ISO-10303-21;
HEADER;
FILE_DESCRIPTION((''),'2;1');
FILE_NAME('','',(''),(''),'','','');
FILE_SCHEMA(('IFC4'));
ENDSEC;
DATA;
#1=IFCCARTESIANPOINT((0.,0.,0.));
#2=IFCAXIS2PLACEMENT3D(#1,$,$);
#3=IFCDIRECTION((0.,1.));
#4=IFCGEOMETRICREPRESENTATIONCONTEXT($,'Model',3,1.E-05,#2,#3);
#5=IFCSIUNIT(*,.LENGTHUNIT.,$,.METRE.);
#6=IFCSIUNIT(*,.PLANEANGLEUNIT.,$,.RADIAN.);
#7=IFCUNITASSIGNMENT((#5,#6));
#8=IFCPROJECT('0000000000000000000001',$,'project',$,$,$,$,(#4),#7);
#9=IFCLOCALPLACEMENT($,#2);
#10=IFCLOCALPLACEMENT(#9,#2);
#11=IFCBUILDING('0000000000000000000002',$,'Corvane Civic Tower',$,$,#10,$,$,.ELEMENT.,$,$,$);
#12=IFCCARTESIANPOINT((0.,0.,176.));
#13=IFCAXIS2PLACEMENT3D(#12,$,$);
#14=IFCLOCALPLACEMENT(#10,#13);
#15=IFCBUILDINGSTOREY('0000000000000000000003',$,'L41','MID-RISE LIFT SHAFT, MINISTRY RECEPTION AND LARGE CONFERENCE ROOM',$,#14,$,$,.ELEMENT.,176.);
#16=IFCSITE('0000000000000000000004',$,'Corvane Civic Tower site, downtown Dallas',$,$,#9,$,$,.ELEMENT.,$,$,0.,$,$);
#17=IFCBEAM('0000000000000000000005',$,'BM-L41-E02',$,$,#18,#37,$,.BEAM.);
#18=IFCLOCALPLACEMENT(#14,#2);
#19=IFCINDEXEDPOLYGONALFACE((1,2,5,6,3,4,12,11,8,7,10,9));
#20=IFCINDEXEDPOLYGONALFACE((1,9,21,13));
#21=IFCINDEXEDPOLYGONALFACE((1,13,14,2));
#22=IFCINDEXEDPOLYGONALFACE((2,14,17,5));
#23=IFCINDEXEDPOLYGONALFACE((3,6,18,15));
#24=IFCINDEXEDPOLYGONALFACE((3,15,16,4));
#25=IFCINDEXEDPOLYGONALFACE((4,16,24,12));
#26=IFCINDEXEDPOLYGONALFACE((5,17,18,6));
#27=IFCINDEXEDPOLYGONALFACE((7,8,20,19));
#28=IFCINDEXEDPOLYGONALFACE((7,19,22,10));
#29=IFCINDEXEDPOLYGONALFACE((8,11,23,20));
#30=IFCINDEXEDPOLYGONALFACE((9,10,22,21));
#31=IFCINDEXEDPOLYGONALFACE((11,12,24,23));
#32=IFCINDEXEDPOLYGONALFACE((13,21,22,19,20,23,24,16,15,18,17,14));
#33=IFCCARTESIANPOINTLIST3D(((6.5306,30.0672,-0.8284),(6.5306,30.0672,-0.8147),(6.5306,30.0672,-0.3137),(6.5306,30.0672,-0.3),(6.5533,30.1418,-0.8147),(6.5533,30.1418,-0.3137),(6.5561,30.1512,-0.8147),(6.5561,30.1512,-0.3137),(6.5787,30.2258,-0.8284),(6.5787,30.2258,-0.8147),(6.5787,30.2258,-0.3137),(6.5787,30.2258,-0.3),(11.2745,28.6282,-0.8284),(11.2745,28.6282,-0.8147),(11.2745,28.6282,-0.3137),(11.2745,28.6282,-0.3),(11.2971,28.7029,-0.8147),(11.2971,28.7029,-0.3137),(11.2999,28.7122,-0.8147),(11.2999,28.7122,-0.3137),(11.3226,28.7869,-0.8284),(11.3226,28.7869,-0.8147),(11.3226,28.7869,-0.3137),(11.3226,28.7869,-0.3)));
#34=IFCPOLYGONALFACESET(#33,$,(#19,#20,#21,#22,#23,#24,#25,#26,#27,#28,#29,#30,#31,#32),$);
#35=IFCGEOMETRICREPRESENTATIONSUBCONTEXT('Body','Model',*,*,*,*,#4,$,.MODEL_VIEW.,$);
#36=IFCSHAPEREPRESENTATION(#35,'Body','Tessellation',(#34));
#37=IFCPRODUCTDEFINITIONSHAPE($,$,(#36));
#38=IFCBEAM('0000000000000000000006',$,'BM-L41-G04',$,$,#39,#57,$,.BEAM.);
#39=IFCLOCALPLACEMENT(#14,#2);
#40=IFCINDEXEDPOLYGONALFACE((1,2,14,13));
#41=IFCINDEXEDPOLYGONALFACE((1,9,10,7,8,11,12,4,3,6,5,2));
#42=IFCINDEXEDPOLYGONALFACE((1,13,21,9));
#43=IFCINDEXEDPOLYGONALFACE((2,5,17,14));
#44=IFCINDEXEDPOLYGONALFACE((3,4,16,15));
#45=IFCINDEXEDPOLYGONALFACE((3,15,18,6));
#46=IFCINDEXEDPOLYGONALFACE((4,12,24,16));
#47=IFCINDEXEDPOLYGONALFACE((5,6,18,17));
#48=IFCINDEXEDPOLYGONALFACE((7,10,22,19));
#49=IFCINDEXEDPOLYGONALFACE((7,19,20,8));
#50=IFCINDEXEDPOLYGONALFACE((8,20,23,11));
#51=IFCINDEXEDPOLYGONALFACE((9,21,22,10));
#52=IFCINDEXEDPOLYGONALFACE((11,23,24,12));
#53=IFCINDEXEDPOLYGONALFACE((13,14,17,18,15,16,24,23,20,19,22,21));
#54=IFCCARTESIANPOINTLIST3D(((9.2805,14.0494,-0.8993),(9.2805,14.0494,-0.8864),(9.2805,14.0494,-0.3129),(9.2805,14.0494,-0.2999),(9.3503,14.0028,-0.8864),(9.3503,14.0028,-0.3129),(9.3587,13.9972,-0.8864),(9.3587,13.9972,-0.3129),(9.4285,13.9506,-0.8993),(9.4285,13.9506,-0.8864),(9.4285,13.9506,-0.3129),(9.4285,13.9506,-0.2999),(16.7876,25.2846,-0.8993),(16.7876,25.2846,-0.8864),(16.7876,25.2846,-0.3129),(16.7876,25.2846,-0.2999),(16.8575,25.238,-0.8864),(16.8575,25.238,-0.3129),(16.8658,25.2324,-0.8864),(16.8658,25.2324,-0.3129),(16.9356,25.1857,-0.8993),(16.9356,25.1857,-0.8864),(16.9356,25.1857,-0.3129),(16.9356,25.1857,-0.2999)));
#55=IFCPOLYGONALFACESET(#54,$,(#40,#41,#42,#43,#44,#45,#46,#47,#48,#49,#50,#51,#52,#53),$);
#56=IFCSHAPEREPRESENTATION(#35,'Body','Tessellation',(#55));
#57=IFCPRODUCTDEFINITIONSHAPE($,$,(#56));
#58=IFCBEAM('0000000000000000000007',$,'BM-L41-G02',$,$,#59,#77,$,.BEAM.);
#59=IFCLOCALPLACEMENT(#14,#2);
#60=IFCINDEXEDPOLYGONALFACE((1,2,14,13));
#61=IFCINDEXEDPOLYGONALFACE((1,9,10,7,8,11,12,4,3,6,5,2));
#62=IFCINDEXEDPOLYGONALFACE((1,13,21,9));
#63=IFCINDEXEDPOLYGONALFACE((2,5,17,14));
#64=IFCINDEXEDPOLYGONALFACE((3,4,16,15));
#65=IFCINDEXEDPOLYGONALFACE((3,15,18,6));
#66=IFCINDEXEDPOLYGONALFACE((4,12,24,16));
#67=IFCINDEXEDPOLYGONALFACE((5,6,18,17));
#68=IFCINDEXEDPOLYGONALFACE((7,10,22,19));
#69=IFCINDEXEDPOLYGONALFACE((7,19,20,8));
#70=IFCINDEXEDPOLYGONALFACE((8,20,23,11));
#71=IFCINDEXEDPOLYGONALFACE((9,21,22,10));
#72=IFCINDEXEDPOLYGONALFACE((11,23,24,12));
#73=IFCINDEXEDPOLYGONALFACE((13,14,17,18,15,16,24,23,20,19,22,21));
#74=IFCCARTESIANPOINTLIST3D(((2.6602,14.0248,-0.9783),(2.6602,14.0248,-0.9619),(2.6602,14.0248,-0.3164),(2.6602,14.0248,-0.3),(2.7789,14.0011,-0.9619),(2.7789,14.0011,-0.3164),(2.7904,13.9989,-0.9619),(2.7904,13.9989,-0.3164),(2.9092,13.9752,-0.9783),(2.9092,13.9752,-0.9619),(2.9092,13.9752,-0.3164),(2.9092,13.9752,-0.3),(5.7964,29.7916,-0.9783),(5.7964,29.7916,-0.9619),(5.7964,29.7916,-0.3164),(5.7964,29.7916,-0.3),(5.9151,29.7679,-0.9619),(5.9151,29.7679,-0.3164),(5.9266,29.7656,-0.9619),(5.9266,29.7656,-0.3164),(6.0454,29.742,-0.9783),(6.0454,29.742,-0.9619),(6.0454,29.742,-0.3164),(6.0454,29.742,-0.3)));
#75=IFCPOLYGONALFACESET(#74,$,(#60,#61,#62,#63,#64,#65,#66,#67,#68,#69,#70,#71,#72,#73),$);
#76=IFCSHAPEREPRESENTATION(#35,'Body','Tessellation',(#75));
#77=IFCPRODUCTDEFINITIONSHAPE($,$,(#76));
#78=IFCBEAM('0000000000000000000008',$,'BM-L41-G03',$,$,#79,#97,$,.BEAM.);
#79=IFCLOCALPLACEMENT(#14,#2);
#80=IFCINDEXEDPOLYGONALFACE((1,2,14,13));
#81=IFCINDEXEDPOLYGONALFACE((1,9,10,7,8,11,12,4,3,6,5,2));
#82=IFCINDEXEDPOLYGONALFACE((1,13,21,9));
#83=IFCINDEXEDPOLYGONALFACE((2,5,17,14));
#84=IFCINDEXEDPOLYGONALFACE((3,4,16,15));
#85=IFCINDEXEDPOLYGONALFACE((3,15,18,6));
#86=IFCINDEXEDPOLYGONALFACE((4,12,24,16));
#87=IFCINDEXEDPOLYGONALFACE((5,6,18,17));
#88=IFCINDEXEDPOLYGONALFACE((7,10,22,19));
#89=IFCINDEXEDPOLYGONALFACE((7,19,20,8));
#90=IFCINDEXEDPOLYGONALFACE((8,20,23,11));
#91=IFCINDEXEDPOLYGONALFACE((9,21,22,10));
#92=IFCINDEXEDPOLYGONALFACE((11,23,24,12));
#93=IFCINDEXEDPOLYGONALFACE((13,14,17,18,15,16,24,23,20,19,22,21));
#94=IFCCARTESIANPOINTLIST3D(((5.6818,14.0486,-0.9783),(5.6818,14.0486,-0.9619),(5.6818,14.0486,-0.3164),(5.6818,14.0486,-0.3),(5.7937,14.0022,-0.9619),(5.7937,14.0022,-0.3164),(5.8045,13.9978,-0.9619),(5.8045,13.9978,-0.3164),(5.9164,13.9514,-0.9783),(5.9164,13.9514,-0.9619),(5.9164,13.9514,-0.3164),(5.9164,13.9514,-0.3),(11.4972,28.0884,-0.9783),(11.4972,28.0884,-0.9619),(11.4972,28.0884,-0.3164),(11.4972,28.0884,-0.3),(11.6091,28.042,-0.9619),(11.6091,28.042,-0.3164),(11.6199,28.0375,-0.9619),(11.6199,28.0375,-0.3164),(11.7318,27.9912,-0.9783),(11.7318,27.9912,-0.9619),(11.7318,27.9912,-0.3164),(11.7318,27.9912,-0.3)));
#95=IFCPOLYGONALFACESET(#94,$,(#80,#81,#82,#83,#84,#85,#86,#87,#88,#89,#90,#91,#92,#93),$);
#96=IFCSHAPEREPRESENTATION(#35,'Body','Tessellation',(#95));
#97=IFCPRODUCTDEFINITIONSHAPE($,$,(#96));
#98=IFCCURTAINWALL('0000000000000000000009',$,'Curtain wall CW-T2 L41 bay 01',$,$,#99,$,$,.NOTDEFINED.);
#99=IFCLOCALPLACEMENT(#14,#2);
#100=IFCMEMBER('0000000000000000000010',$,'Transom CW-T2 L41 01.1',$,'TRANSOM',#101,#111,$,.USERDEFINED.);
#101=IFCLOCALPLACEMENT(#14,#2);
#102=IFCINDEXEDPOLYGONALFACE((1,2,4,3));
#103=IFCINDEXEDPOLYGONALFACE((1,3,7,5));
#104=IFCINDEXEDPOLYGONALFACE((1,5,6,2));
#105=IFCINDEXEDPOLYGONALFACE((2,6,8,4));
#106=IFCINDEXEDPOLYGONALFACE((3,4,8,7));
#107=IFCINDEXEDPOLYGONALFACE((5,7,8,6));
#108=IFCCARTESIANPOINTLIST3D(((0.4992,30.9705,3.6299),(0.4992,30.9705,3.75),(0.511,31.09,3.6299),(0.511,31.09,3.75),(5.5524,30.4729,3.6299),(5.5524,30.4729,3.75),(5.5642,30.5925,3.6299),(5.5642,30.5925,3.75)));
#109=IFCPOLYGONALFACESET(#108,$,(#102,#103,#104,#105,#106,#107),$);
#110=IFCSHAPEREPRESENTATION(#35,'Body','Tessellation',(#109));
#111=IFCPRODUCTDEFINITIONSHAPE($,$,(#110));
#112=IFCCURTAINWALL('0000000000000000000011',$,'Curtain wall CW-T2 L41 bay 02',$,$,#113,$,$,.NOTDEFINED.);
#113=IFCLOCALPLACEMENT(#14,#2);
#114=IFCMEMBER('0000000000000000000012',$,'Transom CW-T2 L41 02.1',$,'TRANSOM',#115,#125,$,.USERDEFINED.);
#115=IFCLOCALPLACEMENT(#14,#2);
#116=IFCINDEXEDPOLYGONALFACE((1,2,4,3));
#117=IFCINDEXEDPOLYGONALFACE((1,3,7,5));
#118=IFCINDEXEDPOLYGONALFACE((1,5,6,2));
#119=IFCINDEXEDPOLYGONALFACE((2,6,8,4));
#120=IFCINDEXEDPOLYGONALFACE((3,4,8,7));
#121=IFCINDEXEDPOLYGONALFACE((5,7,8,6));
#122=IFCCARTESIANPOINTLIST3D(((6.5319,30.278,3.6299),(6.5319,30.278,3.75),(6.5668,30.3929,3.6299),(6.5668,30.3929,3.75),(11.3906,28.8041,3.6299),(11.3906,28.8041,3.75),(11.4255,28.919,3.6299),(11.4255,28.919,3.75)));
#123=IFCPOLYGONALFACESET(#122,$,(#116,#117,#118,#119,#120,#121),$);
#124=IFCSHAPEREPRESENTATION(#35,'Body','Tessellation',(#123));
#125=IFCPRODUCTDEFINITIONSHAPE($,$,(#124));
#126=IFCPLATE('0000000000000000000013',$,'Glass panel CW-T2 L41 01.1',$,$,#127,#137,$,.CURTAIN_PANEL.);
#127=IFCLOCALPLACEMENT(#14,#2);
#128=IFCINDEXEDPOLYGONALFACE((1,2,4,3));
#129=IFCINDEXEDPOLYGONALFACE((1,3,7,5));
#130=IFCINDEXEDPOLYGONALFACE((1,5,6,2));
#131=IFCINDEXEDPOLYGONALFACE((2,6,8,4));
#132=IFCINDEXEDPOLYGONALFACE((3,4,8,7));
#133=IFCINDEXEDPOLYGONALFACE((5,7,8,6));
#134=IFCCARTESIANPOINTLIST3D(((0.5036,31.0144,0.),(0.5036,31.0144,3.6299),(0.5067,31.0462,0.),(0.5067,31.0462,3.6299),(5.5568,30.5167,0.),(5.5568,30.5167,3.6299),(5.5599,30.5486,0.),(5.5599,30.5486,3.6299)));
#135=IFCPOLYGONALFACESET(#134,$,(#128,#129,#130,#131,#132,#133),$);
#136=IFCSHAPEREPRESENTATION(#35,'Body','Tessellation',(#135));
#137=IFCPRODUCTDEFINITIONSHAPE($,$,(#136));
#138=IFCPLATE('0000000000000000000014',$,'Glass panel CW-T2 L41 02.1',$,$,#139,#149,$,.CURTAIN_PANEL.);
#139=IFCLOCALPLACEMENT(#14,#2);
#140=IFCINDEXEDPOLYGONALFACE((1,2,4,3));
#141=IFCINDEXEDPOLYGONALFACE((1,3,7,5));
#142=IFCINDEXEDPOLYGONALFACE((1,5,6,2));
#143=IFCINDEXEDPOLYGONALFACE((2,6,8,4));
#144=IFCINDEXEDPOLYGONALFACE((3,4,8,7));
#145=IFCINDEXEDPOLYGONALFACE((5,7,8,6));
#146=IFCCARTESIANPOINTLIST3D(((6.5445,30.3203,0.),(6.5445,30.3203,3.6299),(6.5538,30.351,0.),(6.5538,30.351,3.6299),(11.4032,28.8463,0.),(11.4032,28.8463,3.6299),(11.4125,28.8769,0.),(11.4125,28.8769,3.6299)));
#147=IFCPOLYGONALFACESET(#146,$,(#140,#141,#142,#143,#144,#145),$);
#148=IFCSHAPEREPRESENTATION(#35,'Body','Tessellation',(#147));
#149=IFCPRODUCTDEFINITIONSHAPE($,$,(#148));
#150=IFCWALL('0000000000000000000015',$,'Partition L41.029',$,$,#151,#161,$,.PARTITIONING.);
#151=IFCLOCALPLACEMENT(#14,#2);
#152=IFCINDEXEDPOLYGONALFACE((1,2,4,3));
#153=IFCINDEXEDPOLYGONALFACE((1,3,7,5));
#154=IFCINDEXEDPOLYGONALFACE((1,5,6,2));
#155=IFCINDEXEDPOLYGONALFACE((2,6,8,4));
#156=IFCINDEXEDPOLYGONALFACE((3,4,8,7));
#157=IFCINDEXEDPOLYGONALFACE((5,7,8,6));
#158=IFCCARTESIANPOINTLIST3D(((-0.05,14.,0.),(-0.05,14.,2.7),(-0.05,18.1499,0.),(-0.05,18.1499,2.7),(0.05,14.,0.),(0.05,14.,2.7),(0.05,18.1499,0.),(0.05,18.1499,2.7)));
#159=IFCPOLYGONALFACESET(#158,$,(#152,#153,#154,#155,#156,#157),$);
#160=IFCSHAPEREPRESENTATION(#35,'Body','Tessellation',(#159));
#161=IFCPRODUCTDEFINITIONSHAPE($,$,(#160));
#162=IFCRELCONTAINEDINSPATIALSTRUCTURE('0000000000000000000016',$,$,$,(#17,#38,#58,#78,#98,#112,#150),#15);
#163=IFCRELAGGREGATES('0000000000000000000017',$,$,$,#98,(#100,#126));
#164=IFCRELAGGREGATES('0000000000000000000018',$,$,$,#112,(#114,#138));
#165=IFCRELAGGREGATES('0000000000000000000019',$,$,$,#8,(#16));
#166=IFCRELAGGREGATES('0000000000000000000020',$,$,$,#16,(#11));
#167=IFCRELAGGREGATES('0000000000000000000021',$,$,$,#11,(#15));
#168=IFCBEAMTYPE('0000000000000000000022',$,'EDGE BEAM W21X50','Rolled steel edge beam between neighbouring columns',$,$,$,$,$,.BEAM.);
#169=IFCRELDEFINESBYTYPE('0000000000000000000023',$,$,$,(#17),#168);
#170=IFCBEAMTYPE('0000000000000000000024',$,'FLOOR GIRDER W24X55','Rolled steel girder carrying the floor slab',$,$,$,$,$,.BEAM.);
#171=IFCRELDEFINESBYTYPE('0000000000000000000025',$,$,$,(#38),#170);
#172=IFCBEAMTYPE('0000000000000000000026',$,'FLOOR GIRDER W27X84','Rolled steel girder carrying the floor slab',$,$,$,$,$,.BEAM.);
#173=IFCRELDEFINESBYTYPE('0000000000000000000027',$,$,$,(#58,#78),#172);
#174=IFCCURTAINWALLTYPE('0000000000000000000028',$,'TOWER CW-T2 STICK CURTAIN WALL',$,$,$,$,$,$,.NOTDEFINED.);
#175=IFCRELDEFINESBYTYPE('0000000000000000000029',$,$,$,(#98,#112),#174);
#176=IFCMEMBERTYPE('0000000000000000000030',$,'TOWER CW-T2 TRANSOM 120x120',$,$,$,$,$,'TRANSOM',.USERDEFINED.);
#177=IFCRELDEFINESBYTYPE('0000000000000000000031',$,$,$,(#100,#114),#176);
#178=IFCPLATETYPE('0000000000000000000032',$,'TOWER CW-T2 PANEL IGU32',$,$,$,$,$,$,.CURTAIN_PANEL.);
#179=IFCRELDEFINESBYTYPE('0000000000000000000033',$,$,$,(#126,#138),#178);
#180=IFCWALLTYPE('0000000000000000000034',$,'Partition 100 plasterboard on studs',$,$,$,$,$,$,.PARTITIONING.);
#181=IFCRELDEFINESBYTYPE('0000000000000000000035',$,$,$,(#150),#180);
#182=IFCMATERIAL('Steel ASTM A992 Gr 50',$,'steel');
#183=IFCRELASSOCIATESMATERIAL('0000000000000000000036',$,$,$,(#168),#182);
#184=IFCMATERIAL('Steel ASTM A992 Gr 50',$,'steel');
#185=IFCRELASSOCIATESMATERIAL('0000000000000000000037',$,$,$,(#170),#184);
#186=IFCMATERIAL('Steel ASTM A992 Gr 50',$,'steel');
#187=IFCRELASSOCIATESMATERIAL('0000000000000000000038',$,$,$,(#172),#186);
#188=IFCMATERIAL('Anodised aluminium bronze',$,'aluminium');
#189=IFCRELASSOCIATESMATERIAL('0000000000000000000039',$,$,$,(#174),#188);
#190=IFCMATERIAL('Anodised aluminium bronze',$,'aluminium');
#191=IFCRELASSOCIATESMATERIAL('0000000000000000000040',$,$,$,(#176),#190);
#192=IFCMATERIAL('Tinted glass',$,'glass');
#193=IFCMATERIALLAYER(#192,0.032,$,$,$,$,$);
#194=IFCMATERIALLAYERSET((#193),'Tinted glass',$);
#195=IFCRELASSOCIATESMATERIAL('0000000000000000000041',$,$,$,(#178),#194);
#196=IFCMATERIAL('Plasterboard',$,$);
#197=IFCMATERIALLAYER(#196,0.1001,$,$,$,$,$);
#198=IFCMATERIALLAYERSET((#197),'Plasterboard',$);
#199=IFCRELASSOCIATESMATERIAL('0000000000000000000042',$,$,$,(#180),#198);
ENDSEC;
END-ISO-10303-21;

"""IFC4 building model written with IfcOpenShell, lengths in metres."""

from ifc_helpers import new_model, si_unit, direction, frame, frame_2d, origin, origin_2d, place, context, subcontext, project, spatial, rectangle, i_section, extrude, material, layer, layer_set, material_profile, profile_set, type_object, element, aggregate, save


model = new_model("IFC4")

# Units and contexts
model_context = context("Model", 3, precision=1e-05, world=origin(), true_north=direction((0.0, 1.0)))
body_context = subcontext(model_context, "Body", "Model", "MODEL_VIEW")
ifc_project = project(units=[si_unit("LENGTHUNIT", "METRE"), si_unit("PLANEANGLEUNIT", "RADIAN")], contexts=[model_context])

# Site, building, storey
site_placement = place(None, origin())
site = spatial("IfcSite", under=ifc_project, at=site_placement, Name="Corvane Civic Tower site, downtown Dallas", CompositionType="ELEMENT", RefElevation=0.0)
building_placement = place(site_placement, origin())
building = spatial("IfcBuilding", under=site, at=building_placement, Name="Corvane Civic Tower", CompositionType="ELEMENT")
storey_placement = place(building_placement, frame((0.0, 0.0, 176.0)))
storey = spatial("IfcBuildingStorey", under=building, at=storey_placement, Name="L41", Description="MID-RISE LIFT SHAFT, MINISTRY RECEPTION AND LARGE CONFERENCE ROOM", CompositionType="ELEMENT", Elevation=176.0)

# Beams
ifc_material_1 = material(Name="Steel ASTM A992 Gr 50", Category="steel")
ifc_material_profile_1 = material_profile(ifc_material_1, i_section(OverallWidth=0.1658, OverallDepth=0.5283, WebThickness=0.0098, FlangeThickness=0.0137, at=origin_2d()), Name="W21X50")
ifc_profile_set_1 = profile_set([ifc_material_profile_1], Name="Steel ASTM A992 Gr 50")
beam_type_1 = type_object("IfcBeamType", Name="EDGE BEAM W21X50", Description="Rolled steel edge beam between neighbouring columns", PredefinedType="BEAM", material=ifc_profile_set_1)
beam_1_placement = place(storey_placement, frame((6.5547, 30.1465, -0.5642), z_axis=(0.956945, -0.29027, 0.0), x_axis=(0.29027, 0.956945, 0.0)))
element("IfcBeam", 1, at=beam_1_placement, inside=storey, type_object=beam_type_1, Name="BM-L41-E02", PredefinedType="BEAM", context=body_context, shape_type="SweptSolid", body=[
    extrude(i_section(OverallWidth=0.1658, OverallDepth=0.5283, WebThickness=0.0098, FlangeThickness=0.0137, at=origin_2d()), origin(), (0.0, 0.0, 1.0), 4.9573),
])
ifc_material_2 = material(Name="Steel ASTM A992 Gr 50", Category="steel")
ifc_material_profile_2 = material_profile(ifc_material_2, i_section(OverallWidth=0.178, OverallDepth=0.5994, WebThickness=0.01, FlangeThickness=0.0129, at=origin_2d()), Name="W24X55")
ifc_profile_set_2 = profile_set([ifc_material_profile_2], Name="Steel ASTM A992 Gr 50")
beam_type_2 = type_object("IfcBeamType", Name="FLOOR GIRDER W24X55", Description="Rolled steel girder carrying the floor slab", PredefinedType="BEAM", material=ifc_profile_set_2)
beam_2_placement = place(storey_placement, frame((9.3545, 14.0, -0.5996), z_axis=(0.555571, 0.831469, 0.0), x_axis=(-0.831469, 0.555571, 0.0)))
element("IfcBeam", 2, at=beam_2_placement, inside=storey, type_object=beam_type_2, Name="BM-L41-G04", PredefinedType="BEAM", context=body_context, shape_type="SweptSolid", body=[
    extrude(i_section(OverallWidth=0.178, OverallDepth=0.5994, WebThickness=0.01, FlangeThickness=0.0129, at=origin_2d()), origin(), (0.0, 0.0, 1.0), 13.5125),
])
ifc_material_3 = material(Name="Steel ASTM A992 Gr 50", Category="steel")
ifc_material_profile_3 = material_profile(ifc_material_3, i_section(OverallWidth=0.2539, OverallDepth=0.6782, WebThickness=0.0117, FlangeThickness=0.0164, at=origin_2d()), Name="W27X84")
ifc_profile_set_3 = profile_set([ifc_material_profile_3], Name="Steel ASTM A992 Gr 50")
beam_type_3 = type_object("IfcBeamType", Name="FLOOR GIRDER W27X84", Description="Rolled steel girder carrying the floor slab", PredefinedType="BEAM", material=ifc_profile_set_3)
beam_3_placement = place(storey_placement, frame((2.7847, 14.0, -0.6392), z_axis=(0.195091, 0.980785, 0.0), x_axis=(-0.980785, 0.195091, 0.0)))
element("IfcBeam", 3, at=beam_3_placement, inside=storey, type_object=beam_type_3, Name="BM-L41-G02", PredefinedType="BEAM", context=body_context, shape_type="SweptSolid", body=[
    extrude(i_section(OverallWidth=0.2539, OverallDepth=0.6782, WebThickness=0.0117, FlangeThickness=0.0164, at=origin_2d()), origin(), (0.0, 0.0, 1.0), 16.0757),
])
beam_4_placement = place(storey_placement, frame((5.7991, 14.0, -0.6392), z_axis=(0.382681, 0.923881, 0.0), x_axis=(-0.923881, 0.382681, 0.0)))
element("IfcBeam", 4, at=beam_4_placement, inside=storey, type_object=beam_type_3, Name="BM-L41-G03", PredefinedType="BEAM", context=body_context, shape_type="SweptSolid", body=[
    extrude(i_section(OverallWidth=0.2539, OverallDepth=0.6782, WebThickness=0.0117, FlangeThickness=0.0164, at=origin_2d()), origin(), (0.0, 0.0, 1.0), 15.1965),
])

# Curtain walls, members
ifc_material_4 = material(Name="Anodised aluminium bronze", Category="aluminium")
curtain_wall_type = type_object("IfcCurtainWallType", Name="TOWER CW-T2 STICK CURTAIN WALL", PredefinedType="NOTDEFINED", material=ifc_material_4)
curtain_wall_1_placement = place(storey_placement, origin())
curtain_wall_1 = element("IfcCurtainWall", 5, at=curtain_wall_1_placement, inside=storey, type_object=curtain_wall_type, Name="Curtain wall CW-T2 L41 bay 01", PredefinedType="NOTDEFINED")
ifc_material_5 = material(Name="Anodised aluminium bronze", Category="aluminium")
ifc_material_profile_4 = material_profile(ifc_material_5, rectangle(XDim=0.1201, YDim=0.1201, at=origin_2d()), Name="TOWER CW-T2 TRANSOM 120x120")
ifc_profile_set_4 = profile_set([ifc_material_profile_4], Name="Anodised aluminium bronze")
member_type = type_object("IfcMemberType", Name="TOWER CW-T2 TRANSOM 120x120", ElementType="TRANSOM", PredefinedType="USERDEFINED", material=ifc_profile_set_4)
member_1_placement = place(storey_placement, frame((0.5051, 31.0303, 3.6899), z_axis=(0.995187, -0.09799, 0.0), x_axis=(0.09799, 0.995187, 0.0)))
member_1 = element("IfcMember", 6, at=member_1_placement, type_object=member_type, Name="Transom CW-T2 L41 01.1", ObjectType="TRANSOM", PredefinedType="USERDEFINED", context=body_context, shape_type="SweptSolid", body=[
    extrude(rectangle(XDim=0.1201, YDim=0.1201, at=origin_2d()), origin(), (0.0, 0.0, 1.0), 5.0776),
])
curtain_wall_2_placement = place(storey_placement, origin())
curtain_wall_2 = element("IfcCurtainWall", 7, at=curtain_wall_2_placement, inside=storey, type_object=curtain_wall_type, Name="Curtain wall CW-T2 L41 bay 02", PredefinedType="NOTDEFINED")
member_2_placement = place(storey_placement, frame((6.5493, 30.3354, 3.6899), z_axis=(0.956939, -0.290289, 0.0), x_axis=(0.290289, 0.956939, 0.0)))
member_2 = element("IfcMember", 8, at=member_2_placement, type_object=member_type, Name="Transom CW-T2 L41 02.1", ObjectType="TRANSOM", PredefinedType="USERDEFINED", context=body_context, shape_type="SweptSolid", body=[
    extrude(rectangle(XDim=0.1201, YDim=0.1201, at=origin_2d()), origin(), (0.0, 0.0, 1.0), 5.0774),
])

# Plates
ifc_material_6 = material(Name="Tinted glass", Category="glass")
ifc_layer_1 = layer(ifc_material_6, 0.032)
ifc_layer_set_1 = layer_set([ifc_layer_1], Name="Tinted glass")
plate_type = type_object("IfcPlateType", Name="TOWER CW-T2 PANEL IGU32", PredefinedType="CURTAIN_PANEL", material=ifc_layer_set_1)
plate_1_placement = place(storey_placement, frame((3.0317, 30.7815, 0.0), z_axis=(0.0, 0.0, 1.0), x_axis=(0.995185, -0.098012, 0.0)))
plate_1 = element("IfcPlate", 9, at=plate_1_placement, type_object=plate_type, Name="Glass panel CW-T2 L41 01.1", PredefinedType="CURTAIN_PANEL", context=body_context, shape_type="SweptSolid", body=[
    extrude(rectangle(XDim=5.0776, YDim=0.032, at=origin_2d()), origin(), (0.0, 0.0, 1.0), 3.6299),
])
aggregate(curtain_wall_1, [member_1, plate_1])
plate_2_placement = place(storey_placement, frame((8.9785, 29.5986, 0.0), z_axis=(0.0, 0.0, 1.0), x_axis=(0.956932, -0.290313, 0.0)))
plate_2 = element("IfcPlate", 10, at=plate_2_placement, type_object=plate_type, Name="Glass panel CW-T2 L41 02.1", PredefinedType="CURTAIN_PANEL", context=body_context, shape_type="SweptSolid", body=[
    extrude(rectangle(XDim=5.0774, YDim=0.032, at=origin_2d()), origin(), (0.0, 0.0, 1.0), 3.6299),
])
aggregate(curtain_wall_2, [member_2, plate_2])

# Wall
ifc_material_7 = material(Name="Plasterboard")
ifc_layer_2 = layer(ifc_material_7, 0.1001)
ifc_layer_set_2 = layer_set([ifc_layer_2], Name="Plasterboard")
wall_type = type_object("IfcWallType", Name="Partition 100 plasterboard on studs", PredefinedType="PARTITIONING", material=ifc_layer_set_2)
wall_1_placement = place(storey_placement, frame((0.0, 14.0, 0.0), z_axis=(0.0, 0.0, 1.0), x_axis=(0.0, 1.0, 0.0)))
element("IfcWall", 11, at=wall_1_placement, inside=storey, type_object=wall_type, Name="Partition L41.029", PredefinedType="PARTITIONING", context=body_context, shape_type="SweptSolid", body=[
    extrude(rectangle(XDim=4.1499, YDim=0.1001, at=frame_2d((2.075, 0.0))), origin(), (0.0, 0.0, 1.0), 2.7),
])

save(model, "model.ifc")
